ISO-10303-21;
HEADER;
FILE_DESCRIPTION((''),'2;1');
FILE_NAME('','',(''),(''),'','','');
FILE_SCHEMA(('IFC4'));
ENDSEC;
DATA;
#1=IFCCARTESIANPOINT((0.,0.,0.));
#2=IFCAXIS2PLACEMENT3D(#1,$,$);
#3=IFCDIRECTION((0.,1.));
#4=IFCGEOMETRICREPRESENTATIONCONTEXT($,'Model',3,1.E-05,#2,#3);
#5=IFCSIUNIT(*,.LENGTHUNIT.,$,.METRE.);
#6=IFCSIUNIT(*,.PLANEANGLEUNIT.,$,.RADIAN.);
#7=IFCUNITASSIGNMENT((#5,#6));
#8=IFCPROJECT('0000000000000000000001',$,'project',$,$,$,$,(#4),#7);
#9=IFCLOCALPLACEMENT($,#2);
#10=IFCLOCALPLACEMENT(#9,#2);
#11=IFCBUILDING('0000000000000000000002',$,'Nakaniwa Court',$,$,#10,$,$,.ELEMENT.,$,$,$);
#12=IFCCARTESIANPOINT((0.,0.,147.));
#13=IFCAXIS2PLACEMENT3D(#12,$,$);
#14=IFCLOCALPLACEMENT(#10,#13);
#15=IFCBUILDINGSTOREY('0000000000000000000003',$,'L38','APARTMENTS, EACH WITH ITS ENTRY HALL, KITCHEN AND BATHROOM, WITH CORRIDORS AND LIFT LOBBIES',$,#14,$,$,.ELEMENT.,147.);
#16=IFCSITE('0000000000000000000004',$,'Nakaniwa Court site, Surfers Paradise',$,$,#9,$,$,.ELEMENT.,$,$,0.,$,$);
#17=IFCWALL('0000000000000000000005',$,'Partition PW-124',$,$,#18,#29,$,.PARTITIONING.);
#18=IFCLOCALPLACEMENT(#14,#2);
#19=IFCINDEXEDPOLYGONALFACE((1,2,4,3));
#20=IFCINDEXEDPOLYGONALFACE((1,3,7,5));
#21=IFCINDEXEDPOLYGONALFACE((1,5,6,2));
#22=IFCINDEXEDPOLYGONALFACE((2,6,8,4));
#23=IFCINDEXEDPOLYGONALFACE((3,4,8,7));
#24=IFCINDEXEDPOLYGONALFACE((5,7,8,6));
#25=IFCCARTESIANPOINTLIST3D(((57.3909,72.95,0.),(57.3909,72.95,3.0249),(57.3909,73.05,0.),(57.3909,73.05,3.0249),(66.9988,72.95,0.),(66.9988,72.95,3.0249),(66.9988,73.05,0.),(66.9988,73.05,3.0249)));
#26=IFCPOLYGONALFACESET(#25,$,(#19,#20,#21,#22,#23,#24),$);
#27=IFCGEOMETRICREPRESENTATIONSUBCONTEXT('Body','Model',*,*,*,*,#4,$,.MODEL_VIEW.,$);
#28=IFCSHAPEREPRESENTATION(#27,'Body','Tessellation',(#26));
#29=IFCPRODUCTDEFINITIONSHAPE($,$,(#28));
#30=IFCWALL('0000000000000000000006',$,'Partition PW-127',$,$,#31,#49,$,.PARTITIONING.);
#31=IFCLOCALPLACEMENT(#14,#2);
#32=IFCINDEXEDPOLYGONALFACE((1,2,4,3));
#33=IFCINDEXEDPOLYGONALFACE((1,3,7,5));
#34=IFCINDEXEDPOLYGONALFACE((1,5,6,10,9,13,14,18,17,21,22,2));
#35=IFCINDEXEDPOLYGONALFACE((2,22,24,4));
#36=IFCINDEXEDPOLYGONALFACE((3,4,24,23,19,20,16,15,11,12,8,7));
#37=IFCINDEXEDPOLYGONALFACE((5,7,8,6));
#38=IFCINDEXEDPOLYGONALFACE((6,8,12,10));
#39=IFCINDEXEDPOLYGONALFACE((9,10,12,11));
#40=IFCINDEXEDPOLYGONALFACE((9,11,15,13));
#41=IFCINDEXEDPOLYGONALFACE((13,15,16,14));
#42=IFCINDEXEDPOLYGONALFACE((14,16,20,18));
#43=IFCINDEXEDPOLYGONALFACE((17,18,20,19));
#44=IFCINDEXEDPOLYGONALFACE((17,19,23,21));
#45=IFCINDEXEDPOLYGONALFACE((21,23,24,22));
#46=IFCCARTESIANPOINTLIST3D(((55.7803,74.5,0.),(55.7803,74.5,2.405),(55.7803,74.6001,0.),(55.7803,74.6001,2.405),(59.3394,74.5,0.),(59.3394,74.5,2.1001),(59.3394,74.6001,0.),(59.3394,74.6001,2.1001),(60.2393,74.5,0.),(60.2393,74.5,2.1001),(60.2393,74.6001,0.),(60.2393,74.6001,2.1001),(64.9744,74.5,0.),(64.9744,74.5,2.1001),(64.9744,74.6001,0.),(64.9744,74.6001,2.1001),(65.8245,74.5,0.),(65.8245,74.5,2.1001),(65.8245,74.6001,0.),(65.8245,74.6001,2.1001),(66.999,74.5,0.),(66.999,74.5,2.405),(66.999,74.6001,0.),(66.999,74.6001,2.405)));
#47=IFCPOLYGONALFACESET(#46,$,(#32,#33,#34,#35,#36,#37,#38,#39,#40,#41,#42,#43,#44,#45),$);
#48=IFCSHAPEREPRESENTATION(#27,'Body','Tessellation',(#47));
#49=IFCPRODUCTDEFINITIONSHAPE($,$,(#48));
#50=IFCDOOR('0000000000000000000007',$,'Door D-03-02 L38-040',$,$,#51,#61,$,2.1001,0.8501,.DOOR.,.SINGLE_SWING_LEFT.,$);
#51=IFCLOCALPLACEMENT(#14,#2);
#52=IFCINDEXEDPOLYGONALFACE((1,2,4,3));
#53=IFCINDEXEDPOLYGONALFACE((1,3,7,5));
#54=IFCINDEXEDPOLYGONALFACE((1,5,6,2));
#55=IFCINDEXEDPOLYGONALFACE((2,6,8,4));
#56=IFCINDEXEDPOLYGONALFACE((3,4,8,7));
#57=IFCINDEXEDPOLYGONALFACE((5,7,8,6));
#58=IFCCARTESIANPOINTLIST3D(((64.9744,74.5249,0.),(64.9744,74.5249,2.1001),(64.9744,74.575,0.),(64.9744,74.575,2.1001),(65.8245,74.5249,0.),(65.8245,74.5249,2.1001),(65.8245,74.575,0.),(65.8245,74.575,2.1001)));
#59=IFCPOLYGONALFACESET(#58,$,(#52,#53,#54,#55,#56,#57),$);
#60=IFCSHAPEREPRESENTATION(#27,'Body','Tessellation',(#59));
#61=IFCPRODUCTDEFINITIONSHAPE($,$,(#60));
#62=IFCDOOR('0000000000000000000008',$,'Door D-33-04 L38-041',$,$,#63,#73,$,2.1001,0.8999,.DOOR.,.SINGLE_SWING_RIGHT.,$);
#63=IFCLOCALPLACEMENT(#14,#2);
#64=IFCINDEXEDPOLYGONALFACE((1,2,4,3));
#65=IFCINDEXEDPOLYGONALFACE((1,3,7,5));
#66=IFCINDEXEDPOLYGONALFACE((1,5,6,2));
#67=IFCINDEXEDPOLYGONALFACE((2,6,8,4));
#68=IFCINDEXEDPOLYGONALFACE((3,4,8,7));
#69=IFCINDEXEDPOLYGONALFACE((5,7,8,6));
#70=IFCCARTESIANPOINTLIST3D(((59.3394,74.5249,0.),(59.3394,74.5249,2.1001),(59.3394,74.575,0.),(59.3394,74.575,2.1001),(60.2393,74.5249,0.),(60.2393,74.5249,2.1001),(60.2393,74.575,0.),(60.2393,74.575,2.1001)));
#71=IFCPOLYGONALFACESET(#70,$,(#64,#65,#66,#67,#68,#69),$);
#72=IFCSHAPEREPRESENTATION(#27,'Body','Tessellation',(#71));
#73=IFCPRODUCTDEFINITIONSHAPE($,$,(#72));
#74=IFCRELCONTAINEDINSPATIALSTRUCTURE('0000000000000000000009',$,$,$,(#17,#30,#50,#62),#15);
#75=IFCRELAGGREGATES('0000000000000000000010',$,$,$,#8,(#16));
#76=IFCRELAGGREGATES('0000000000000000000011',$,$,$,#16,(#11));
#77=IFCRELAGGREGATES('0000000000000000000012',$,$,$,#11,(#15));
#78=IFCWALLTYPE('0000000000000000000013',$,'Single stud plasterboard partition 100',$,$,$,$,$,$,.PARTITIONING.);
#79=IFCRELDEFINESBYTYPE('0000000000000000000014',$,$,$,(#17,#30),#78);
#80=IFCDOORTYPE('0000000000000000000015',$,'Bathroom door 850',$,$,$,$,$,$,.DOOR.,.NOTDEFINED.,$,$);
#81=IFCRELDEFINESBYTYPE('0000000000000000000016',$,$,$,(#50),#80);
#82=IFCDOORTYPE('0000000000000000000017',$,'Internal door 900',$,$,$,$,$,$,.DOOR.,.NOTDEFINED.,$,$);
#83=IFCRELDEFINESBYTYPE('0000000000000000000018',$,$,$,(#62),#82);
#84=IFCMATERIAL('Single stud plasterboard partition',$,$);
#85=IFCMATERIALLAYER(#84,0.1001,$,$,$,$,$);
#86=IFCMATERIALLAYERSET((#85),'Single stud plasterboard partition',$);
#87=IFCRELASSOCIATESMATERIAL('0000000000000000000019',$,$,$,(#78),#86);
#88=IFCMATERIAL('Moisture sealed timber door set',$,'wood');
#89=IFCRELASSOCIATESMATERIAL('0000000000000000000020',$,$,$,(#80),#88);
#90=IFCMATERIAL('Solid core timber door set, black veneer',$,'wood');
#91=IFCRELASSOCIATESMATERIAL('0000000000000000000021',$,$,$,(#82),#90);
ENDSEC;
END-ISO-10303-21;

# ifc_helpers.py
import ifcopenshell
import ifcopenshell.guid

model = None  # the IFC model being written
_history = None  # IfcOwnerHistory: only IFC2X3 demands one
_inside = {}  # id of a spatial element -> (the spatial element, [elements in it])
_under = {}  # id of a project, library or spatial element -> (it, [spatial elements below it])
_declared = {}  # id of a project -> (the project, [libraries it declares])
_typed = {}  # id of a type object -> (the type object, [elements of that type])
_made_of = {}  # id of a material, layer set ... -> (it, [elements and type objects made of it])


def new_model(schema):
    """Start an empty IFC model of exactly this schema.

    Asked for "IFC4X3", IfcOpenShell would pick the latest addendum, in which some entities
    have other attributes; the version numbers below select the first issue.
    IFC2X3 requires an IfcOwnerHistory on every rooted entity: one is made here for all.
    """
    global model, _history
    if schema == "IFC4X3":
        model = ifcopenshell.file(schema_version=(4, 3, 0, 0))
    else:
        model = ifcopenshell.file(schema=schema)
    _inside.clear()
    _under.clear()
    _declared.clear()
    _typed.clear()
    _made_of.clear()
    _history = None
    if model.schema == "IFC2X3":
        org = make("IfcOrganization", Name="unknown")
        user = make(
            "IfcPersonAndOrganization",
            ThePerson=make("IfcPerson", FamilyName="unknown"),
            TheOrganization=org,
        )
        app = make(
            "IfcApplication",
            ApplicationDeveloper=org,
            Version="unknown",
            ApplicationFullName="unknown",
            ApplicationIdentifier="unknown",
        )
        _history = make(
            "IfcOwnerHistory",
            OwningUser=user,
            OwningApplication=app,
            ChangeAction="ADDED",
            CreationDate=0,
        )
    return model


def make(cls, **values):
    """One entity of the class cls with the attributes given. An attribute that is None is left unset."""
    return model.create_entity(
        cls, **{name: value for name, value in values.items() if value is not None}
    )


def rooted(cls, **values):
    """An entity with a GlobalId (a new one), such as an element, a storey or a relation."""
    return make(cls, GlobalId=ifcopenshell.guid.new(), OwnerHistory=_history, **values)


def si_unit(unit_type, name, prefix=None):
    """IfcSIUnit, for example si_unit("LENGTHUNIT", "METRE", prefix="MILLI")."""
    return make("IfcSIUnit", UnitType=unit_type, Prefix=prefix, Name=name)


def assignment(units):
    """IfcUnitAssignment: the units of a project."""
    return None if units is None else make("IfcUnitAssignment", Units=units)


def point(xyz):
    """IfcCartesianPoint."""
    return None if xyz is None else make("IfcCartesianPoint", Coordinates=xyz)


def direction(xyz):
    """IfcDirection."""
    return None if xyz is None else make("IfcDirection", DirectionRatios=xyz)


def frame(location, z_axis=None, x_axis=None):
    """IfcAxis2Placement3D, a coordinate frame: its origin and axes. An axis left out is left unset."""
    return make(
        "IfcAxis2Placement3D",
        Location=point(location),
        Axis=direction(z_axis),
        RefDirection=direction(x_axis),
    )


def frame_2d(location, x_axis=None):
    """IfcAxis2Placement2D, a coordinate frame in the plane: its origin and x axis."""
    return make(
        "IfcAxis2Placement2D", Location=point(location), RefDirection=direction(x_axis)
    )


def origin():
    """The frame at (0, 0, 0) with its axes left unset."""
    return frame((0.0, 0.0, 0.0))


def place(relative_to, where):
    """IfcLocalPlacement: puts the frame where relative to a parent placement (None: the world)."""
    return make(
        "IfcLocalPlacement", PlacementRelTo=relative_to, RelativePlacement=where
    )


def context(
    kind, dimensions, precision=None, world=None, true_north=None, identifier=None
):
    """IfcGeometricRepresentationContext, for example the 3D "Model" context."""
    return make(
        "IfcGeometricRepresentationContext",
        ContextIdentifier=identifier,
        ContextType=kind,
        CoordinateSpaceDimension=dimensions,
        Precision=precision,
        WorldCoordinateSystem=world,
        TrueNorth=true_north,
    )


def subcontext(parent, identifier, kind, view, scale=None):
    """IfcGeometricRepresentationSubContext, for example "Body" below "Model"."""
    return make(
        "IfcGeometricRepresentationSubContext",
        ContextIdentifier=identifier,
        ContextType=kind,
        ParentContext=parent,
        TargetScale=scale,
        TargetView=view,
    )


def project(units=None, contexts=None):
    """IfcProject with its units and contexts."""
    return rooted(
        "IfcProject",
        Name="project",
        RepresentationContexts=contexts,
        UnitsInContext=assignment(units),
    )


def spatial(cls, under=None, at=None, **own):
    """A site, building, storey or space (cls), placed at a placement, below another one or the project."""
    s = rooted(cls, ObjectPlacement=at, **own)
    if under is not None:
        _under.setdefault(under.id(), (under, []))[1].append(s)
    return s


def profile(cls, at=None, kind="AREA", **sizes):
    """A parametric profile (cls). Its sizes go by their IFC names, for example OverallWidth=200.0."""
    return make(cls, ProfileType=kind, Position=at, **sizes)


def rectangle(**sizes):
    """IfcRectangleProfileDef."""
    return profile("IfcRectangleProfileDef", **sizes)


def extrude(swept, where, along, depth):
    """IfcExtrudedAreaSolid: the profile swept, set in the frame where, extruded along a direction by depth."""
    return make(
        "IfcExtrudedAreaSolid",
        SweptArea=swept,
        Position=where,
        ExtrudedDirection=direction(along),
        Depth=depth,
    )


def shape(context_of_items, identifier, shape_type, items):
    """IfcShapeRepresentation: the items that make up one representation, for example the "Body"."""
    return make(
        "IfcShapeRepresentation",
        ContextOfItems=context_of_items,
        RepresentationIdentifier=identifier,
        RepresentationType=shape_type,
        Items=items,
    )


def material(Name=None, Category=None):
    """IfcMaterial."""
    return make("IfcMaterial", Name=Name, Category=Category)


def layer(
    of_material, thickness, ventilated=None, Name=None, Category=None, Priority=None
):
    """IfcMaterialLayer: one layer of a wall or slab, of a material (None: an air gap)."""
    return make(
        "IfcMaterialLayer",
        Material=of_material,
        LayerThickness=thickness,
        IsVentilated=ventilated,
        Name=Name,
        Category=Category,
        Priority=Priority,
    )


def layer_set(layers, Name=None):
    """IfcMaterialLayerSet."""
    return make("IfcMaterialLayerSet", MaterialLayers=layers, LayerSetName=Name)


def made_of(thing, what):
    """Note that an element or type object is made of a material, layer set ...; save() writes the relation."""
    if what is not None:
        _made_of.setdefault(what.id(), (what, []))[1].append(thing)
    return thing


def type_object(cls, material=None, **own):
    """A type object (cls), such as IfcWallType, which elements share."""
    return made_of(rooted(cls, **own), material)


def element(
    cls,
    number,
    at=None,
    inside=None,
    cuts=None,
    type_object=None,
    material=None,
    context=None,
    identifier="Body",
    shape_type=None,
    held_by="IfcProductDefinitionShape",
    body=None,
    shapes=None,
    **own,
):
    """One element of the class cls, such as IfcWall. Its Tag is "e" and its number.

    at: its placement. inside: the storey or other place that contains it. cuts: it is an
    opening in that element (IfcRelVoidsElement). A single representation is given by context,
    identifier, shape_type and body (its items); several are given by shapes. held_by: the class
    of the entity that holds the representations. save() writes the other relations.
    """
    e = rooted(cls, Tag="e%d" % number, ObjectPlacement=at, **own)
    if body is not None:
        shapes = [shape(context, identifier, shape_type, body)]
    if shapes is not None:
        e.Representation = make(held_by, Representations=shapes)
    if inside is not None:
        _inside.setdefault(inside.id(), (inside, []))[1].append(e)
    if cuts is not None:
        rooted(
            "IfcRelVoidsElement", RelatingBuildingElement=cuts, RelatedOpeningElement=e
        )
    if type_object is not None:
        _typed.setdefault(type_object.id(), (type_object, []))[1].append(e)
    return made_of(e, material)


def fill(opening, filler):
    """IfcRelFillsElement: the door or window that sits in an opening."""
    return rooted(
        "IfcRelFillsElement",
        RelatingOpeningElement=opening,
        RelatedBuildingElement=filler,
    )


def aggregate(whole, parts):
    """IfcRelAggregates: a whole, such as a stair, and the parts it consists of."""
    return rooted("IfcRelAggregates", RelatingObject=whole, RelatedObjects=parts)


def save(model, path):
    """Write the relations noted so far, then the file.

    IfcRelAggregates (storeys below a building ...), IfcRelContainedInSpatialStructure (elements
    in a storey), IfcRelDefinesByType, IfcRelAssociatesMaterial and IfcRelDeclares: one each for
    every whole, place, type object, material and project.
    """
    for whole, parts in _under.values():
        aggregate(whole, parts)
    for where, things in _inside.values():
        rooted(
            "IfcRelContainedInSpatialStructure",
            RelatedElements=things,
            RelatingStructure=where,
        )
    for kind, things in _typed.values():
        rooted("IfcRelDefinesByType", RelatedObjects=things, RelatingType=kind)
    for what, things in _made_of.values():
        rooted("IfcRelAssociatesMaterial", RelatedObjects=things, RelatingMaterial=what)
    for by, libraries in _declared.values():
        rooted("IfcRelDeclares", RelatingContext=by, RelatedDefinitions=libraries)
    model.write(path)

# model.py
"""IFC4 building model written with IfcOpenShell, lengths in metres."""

from ifc_helpers import new_model, si_unit, direction, frame, frame_2d, origin, place, context, subcontext, project, spatial, rectangle, extrude, material, layer, layer_set, type_object, element, fill, save


model = new_model("IFC4")

# Units and contexts
model_context = context("Model", 3, precision=1e-05, world=origin(), true_north=direction((0.0, 1.0)))
body_context = subcontext(model_context, "Body", "Model", "MODEL_VIEW")
ifc_project = project(units=[si_unit("LENGTHUNIT", "METRE"), si_unit("PLANEANGLEUNIT", "RADIAN")], contexts=[model_context])

# Site, building, storey
site_placement = place(None, origin())
site = spatial("IfcSite", under=ifc_project, at=site_placement, Name="Nakaniwa Court site, Surfers Paradise", CompositionType="ELEMENT", RefElevation=0.0)
building_placement = place(site_placement, origin())
building = spatial("IfcBuilding", under=site, at=building_placement, Name="Nakaniwa Court", CompositionType="ELEMENT")
storey_placement = place(building_placement, frame((0.0, 0.0, 147.0)))
storey = spatial("IfcBuildingStorey", under=building, at=storey_placement, Name="L38", Description="APARTMENTS, EACH WITH ITS ENTRY HALL, KITCHEN AND BATHROOM, WITH CORRIDORS AND LIFT LOBBIES", CompositionType="ELEMENT", Elevation=147.0)

# Shared definitions
ifc_material_1 = material(Name="Solid core timber door set, black veneer", Category="wood")

# Wall
ifc_material_2 = material(Name="Single stud plasterboard partition")
ifc_layer_1 = layer(ifc_material_2, 0.1001)
ifc_layer_set_1 = layer_set([ifc_layer_1], Name="Single stud plasterboard partition")
wall_type_1 = type_object("IfcWallType", Name="Single stud plasterboard partition 100", PredefinedType="PARTITIONING", material=ifc_layer_set_1)
wall_1_placement = place(storey_placement, frame((57.3909, 73.0, 0.0), z_axis=(0.0, 0.0, 1.0), x_axis=(1.0, 0.0, 0.0)))
element("IfcWall", 1, at=wall_1_placement, inside=storey, type_object=wall_type_1, Name="Partition PW-124", PredefinedType="PARTITIONING", context=body_context, shape_type="SweptSolid", body=[
    extrude(rectangle(XDim=9.6079, YDim=0.1001, at=frame_2d((4.804, 0.0))), origin(), (0.0, 0.0, 1.0), 3.0249),
])

# Wall, openings, doors
wall_2_placement = place(storey_placement, frame((55.7803, 74.55, 0.0), z_axis=(0.0, 0.0, 1.0), x_axis=(1.0, 0.0, 0.0)))
wall_2 = element("IfcWall", 2, at=wall_2_placement, inside=storey, type_object=wall_type_1, Name="Partition PW-127", PredefinedType="PARTITIONING", context=body_context, shape_type="SweptSolid", body=[
    extrude(rectangle(XDim=11.2188, YDim=0.1001, at=frame_2d((5.6094, 0.0))), origin(), (0.0, 0.0, 1.0), 2.405),
])
opening_1_placement = place(wall_2_placement, frame((9.1941, 0.0, 0.0)))
opening_1 = element("IfcOpeningElement", 3, at=opening_1_placement, cuts=wall_2, PredefinedType="OPENING", context=body_context, shape_type="SweptSolid", body=[
    extrude(rectangle(XDim=0.8501, YDim=2.1001, at=frame_2d((0.425, 1.05))), frame((0.0, 0.0601, 0.0), z_axis=(0.0, -1.0, 0.0), x_axis=(1.0, 0.0, 0.0)), (0.0, 0.0, 1.0), 0.1201),
])
opening_2_placement = place(wall_2_placement, frame((3.5591, 0.0, 0.0)))
opening_2 = element("IfcOpeningElement", 4, at=opening_2_placement, cuts=wall_2, PredefinedType="OPENING", context=body_context, shape_type="SweptSolid", body=[
    extrude(rectangle(XDim=0.8999, YDim=2.1001, at=frame_2d((0.45, 1.05))), frame((0.0, 0.0601, 0.0), z_axis=(0.0, -1.0, 0.0), x_axis=(1.0, 0.0, 0.0)), (0.0, 0.0, 1.0), 0.1201),
])
ifc_material_3 = material(Name="Moisture sealed timber door set", Category="wood")
door_type_1 = type_object("IfcDoorType", Name="Bathroom door 850", OperationType="NOTDEFINED", PredefinedType="DOOR", material=ifc_material_3)
door_1_placement = place(opening_1_placement, origin())
door_1 = element("IfcDoor", 5, at=door_1_placement, inside=storey, type_object=door_type_1, Name="Door D-03-02 L38-040", OperationType="SINGLE_SWING_LEFT", OverallHeight=2.1001, OverallWidth=0.8501, PredefinedType="DOOR", context=body_context, shape_type="SweptSolid", body=[
    extrude(rectangle(XDim=0.8501, YDim=2.1001, at=frame_2d((0.425, 1.05))), frame((0.0, 0.0249, 0.0), z_axis=(0.0, -1.0, 0.0), x_axis=(1.0, 0.0, 0.0)), (0.0, 0.0, 1.0), 0.05),
])
fill(opening_1, door_1)
door_type_2 = type_object("IfcDoorType", Name="Internal door 900", OperationType="NOTDEFINED", PredefinedType="DOOR", material=ifc_material_1)
door_2_placement = place(opening_2_placement, origin())
door_2 = element("IfcDoor", 6, at=door_2_placement, inside=storey, type_object=door_type_2, Name="Door D-33-04 L38-041", OperationType="SINGLE_SWING_RIGHT", OverallHeight=2.1001, OverallWidth=0.8999, PredefinedType="DOOR", context=body_context, shape_type="SweptSolid", body=[
    extrude(rectangle(XDim=0.8999, YDim=2.1001, at=frame_2d((0.45, 1.05))), frame((0.0, 0.0249, 0.0), z_axis=(0.0, -1.0, 0.0), x_axis=(1.0, 0.0, 0.0)), (0.0, 0.0, 1.0), 0.05),
])
fill(opening_2, door_2)

save(model, "model.ifc")
